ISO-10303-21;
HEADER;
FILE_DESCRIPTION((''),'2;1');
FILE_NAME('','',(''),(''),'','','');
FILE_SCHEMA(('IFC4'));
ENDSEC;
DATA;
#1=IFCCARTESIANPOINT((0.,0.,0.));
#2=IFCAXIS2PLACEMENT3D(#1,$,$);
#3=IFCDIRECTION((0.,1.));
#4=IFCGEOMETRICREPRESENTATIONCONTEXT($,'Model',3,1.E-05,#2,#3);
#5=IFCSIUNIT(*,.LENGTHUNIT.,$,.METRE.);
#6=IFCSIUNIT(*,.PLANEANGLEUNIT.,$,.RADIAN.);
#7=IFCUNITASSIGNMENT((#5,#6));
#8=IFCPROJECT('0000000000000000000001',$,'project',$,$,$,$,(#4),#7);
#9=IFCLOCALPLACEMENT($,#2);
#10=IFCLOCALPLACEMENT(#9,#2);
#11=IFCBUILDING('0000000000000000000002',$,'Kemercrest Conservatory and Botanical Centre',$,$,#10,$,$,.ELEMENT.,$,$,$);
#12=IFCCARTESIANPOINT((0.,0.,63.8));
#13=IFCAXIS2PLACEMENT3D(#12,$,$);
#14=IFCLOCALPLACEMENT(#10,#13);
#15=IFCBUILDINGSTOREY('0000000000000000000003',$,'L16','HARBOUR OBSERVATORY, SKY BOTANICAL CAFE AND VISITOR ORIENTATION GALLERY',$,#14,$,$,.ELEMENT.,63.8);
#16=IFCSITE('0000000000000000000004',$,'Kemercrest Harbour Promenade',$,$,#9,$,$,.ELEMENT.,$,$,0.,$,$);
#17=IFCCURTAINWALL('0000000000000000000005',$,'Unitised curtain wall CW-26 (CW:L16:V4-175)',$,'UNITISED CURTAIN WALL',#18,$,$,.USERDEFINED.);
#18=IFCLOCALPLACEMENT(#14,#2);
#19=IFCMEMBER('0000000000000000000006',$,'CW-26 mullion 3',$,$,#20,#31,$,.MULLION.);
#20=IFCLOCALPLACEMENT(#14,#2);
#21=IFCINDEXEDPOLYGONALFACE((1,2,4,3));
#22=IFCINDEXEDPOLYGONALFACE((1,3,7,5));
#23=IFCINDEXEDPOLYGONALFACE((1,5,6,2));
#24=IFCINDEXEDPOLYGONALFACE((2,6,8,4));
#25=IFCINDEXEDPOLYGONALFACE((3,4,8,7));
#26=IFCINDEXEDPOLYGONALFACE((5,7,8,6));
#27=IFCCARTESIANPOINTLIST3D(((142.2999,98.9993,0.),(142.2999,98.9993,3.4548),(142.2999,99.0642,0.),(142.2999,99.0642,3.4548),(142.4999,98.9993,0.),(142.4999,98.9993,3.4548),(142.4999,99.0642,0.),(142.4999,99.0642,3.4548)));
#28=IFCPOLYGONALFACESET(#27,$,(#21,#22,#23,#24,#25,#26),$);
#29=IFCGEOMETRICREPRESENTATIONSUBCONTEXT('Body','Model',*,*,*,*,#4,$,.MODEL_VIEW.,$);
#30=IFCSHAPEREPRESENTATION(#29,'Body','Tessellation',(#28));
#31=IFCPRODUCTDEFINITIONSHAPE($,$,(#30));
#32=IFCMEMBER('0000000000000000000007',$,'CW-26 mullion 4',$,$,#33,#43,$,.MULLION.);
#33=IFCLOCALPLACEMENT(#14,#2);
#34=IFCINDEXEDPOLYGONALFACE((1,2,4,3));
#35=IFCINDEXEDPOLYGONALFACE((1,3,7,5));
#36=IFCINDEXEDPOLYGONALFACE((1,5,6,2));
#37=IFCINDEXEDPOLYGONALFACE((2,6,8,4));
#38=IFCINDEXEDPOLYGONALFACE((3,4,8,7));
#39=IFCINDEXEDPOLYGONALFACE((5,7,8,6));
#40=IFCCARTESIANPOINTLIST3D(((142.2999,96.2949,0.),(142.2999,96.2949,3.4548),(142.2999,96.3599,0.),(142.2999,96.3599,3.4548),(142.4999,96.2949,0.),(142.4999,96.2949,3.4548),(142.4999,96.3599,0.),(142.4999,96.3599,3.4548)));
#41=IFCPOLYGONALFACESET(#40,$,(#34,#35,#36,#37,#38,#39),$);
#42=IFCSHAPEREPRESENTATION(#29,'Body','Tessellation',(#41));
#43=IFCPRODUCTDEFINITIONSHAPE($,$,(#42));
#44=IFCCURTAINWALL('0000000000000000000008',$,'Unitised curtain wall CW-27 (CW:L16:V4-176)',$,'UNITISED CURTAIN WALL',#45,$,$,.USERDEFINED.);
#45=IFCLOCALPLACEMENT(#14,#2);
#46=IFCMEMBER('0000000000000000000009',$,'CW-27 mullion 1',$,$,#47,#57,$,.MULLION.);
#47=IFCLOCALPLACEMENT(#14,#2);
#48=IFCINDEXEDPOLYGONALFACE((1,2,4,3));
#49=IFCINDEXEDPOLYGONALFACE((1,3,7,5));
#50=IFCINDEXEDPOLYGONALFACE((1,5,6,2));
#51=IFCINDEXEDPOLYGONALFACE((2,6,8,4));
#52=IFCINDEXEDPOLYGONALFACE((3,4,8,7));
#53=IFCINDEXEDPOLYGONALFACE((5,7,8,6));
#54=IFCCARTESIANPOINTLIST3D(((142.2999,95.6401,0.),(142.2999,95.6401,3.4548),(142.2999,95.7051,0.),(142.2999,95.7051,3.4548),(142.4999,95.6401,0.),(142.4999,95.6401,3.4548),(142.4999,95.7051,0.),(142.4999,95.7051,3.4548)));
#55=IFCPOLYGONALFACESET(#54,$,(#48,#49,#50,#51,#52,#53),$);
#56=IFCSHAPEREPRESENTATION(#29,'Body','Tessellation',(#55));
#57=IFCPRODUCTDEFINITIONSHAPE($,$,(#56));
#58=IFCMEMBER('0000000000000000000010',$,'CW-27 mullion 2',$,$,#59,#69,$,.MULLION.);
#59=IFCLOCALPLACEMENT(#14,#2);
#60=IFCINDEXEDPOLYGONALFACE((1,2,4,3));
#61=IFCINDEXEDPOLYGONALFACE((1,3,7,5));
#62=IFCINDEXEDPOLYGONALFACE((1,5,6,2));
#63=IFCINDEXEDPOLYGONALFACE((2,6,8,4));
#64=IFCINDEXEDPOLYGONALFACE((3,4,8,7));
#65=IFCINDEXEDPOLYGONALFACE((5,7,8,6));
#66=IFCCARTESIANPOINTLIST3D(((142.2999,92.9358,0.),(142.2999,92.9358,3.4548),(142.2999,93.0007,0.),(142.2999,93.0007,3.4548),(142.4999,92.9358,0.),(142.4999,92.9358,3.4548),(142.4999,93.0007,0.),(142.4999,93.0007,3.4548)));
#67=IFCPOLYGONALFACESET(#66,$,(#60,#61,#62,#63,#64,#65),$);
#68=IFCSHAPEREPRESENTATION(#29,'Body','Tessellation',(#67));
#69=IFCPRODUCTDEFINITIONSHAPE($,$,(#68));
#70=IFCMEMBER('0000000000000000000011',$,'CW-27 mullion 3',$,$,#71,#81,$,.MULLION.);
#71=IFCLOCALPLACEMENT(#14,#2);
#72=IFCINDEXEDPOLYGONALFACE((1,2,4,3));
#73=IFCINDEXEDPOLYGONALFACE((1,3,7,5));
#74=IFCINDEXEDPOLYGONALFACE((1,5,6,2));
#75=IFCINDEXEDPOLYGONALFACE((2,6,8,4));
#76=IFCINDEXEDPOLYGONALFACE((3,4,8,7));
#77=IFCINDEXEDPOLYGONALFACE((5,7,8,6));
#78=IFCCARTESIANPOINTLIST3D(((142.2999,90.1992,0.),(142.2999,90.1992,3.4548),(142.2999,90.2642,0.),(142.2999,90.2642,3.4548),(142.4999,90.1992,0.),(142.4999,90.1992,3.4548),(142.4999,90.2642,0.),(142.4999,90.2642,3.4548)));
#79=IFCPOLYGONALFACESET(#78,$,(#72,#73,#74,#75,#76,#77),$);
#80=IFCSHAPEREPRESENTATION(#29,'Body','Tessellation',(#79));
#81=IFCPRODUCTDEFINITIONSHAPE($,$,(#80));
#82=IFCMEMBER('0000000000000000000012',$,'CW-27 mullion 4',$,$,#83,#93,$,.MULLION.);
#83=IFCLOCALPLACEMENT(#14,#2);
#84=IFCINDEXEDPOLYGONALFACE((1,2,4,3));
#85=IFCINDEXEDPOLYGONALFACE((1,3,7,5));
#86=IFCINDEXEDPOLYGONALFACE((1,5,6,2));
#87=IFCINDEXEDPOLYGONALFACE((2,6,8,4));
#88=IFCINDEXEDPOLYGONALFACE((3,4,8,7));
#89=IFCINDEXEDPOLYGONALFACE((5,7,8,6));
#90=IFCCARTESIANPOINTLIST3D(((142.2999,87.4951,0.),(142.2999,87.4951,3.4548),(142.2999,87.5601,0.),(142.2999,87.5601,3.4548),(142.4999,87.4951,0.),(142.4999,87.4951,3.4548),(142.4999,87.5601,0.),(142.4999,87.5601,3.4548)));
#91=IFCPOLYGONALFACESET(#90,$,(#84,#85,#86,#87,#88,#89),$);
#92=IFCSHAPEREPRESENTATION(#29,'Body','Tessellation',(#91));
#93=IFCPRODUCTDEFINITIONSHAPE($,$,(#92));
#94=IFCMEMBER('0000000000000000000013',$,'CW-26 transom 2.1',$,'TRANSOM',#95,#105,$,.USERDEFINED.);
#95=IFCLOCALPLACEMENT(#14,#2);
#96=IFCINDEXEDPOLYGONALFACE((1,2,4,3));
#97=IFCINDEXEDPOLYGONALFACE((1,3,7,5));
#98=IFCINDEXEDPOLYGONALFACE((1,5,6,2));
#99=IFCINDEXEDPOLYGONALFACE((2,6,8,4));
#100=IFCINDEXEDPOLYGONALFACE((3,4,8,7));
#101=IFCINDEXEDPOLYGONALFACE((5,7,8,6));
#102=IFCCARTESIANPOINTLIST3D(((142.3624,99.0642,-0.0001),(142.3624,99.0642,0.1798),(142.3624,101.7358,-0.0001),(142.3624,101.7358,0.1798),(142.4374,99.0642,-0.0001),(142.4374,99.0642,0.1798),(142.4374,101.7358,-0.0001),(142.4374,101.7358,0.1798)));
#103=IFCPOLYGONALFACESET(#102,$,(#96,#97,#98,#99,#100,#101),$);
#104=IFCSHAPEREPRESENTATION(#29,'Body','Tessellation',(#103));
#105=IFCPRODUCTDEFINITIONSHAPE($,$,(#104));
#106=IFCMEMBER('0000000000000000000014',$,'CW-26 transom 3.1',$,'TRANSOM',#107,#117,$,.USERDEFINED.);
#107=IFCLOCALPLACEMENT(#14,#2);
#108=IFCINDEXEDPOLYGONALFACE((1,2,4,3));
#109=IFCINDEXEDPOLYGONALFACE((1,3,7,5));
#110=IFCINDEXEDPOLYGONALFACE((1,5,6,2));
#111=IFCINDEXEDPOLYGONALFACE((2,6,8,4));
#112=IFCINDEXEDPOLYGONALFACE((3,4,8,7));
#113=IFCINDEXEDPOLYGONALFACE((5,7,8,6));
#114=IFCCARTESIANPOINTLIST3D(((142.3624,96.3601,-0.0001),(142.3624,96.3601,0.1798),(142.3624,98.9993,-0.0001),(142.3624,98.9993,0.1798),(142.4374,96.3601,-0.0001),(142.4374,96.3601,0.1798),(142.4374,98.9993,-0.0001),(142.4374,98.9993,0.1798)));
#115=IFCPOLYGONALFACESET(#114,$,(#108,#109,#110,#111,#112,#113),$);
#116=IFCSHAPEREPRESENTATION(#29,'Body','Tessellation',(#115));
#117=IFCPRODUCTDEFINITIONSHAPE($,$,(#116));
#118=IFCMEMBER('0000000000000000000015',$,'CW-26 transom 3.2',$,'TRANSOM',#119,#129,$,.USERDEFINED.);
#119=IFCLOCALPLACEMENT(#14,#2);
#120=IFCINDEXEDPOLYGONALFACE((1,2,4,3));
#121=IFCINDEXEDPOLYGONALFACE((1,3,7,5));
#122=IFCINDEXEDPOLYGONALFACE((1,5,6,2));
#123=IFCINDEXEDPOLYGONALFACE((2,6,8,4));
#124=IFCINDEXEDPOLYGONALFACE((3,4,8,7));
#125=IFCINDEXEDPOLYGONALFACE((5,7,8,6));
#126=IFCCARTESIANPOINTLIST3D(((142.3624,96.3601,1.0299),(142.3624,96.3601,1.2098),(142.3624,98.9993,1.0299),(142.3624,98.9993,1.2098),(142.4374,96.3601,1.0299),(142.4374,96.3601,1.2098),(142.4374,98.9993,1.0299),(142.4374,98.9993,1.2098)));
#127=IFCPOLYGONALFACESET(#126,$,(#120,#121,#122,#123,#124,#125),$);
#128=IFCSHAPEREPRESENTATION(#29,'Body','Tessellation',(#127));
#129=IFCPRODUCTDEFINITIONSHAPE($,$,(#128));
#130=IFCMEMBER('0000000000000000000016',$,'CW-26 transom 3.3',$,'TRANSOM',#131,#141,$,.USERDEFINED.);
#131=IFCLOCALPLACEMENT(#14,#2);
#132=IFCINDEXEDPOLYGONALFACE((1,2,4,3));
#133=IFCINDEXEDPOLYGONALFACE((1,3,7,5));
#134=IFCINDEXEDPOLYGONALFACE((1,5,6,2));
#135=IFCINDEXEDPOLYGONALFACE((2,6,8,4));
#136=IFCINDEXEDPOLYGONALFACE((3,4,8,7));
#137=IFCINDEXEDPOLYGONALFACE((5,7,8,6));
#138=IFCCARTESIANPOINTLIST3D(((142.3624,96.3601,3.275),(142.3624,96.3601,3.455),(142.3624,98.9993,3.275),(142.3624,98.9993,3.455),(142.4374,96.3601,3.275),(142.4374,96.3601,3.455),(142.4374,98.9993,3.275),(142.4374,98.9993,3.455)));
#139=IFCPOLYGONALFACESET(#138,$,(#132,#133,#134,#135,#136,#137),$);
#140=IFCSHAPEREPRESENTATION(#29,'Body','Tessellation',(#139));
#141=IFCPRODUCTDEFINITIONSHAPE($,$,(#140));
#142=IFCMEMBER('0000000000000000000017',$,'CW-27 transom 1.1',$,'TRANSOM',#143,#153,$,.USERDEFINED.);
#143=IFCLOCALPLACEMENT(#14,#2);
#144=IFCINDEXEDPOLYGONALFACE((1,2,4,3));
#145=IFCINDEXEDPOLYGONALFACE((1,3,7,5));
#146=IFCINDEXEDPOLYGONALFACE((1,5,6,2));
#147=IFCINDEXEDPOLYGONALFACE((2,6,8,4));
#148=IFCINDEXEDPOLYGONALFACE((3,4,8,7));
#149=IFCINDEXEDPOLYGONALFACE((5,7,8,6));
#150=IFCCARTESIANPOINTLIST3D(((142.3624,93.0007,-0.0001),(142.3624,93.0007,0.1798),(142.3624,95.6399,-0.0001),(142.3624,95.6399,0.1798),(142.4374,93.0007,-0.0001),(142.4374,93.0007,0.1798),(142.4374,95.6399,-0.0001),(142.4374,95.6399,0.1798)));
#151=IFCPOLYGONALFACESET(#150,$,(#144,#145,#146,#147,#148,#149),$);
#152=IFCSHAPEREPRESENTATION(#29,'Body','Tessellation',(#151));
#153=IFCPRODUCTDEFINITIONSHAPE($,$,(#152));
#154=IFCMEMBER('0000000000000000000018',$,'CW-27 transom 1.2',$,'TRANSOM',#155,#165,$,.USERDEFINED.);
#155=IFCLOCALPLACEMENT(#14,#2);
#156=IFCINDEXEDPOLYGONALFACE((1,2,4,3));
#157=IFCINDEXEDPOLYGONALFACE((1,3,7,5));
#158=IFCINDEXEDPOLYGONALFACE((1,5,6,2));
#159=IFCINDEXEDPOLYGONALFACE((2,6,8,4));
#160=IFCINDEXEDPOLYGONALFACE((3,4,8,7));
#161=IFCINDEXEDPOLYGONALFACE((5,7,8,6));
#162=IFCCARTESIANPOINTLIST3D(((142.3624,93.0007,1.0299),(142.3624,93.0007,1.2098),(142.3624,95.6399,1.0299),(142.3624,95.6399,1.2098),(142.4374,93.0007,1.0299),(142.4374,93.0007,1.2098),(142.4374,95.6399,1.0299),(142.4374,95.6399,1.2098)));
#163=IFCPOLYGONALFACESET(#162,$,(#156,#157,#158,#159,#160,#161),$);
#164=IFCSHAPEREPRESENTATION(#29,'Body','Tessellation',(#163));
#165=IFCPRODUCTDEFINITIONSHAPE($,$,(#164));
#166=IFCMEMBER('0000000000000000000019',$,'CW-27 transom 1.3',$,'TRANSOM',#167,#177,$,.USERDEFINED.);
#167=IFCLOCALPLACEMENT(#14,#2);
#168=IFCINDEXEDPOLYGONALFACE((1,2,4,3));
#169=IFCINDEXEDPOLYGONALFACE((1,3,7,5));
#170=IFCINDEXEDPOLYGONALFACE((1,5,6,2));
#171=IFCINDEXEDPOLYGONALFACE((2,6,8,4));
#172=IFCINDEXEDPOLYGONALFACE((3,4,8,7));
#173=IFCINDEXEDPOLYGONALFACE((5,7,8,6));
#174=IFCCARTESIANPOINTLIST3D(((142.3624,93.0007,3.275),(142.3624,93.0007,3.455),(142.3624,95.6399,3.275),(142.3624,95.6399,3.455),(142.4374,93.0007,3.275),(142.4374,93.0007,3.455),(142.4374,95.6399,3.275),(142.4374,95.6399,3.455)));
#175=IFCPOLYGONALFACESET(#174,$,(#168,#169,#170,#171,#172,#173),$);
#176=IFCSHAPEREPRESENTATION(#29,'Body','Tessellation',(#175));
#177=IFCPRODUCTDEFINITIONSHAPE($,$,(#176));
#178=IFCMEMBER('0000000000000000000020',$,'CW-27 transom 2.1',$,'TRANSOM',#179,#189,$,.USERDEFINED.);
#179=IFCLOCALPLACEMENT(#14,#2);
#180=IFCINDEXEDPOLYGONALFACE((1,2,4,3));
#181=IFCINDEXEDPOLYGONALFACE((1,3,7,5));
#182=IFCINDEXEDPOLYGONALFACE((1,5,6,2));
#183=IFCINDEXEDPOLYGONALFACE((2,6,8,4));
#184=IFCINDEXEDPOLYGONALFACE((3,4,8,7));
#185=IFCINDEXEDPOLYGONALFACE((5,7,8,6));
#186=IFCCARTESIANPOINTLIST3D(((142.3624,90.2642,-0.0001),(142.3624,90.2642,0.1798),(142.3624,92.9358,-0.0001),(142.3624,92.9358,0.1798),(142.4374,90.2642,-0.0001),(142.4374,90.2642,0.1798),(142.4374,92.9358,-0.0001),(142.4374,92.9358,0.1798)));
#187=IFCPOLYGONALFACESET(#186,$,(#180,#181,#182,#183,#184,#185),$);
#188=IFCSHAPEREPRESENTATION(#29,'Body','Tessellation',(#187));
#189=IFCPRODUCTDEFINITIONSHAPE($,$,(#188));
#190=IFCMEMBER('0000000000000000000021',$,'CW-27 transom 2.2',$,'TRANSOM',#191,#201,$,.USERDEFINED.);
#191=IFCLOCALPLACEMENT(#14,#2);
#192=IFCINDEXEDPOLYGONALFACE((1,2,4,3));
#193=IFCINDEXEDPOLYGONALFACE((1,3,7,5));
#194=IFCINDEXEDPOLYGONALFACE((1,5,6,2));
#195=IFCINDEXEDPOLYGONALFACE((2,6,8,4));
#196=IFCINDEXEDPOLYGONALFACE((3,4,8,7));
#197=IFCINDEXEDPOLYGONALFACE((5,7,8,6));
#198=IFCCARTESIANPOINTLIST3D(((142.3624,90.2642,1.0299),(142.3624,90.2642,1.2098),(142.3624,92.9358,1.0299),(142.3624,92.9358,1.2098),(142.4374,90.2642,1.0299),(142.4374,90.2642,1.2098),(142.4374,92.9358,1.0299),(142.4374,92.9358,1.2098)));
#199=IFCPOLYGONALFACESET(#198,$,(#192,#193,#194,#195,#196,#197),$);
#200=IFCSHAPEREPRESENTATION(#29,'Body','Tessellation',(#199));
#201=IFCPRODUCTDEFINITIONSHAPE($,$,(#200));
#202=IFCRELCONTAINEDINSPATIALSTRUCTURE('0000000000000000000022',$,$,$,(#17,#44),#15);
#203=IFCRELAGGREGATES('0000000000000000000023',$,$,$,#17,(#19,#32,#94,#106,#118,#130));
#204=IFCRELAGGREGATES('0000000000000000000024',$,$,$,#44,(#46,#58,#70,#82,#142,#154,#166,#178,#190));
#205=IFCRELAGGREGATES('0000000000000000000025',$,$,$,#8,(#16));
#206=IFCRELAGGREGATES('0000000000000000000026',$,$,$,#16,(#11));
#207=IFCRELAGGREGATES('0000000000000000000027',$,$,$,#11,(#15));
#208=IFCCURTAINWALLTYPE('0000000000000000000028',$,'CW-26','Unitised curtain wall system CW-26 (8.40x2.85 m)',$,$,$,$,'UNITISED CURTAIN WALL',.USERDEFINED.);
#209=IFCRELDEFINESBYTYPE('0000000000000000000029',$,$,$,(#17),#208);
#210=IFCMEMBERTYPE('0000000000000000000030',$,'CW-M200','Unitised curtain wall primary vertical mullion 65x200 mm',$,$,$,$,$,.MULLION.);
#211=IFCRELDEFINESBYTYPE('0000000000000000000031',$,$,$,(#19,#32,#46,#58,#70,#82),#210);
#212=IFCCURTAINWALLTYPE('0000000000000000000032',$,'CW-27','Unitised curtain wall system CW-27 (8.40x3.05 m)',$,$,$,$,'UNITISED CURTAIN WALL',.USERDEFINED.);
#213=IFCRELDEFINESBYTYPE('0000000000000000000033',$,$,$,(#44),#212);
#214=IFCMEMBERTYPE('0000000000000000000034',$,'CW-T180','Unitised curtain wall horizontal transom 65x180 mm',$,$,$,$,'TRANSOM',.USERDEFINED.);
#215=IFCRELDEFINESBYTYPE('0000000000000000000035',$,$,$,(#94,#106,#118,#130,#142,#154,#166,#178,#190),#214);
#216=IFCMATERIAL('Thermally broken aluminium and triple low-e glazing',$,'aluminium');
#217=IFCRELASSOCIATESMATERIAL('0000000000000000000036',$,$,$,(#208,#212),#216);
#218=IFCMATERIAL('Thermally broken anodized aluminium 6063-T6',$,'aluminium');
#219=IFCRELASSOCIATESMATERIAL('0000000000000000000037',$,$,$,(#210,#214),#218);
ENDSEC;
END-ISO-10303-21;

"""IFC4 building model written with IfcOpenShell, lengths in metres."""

from ifc_helpers import new_model, si_unit, direction, frame, origin, origin_2d, place, context, subcontext, project, spatial, rectangle, extrude, material, material_profile, profile_set, type_object, element, aggregate, save


model = new_model("IFC4")

# Units and contexts
model_context = context("Model", 3, precision=1e-05, world=origin(), true_north=direction((0.0, 1.0)))
body_context = subcontext(model_context, "Body", "Model", "MODEL_VIEW")
ifc_project = project(units=[si_unit("LENGTHUNIT", "METRE"), si_unit("PLANEANGLEUNIT", "RADIAN")], contexts=[model_context])

# Site, building, storey
site_placement = place(None, origin())
site = spatial("IfcSite", under=ifc_project, at=site_placement, Name="Kemercrest Harbour Promenade", CompositionType="ELEMENT", RefElevation=0.0)
building_placement = place(site_placement, origin())
building = spatial("IfcBuilding", under=site, at=building_placement, Name="Kemercrest Conservatory and Botanical Centre", CompositionType="ELEMENT")
storey_placement = place(building_placement, frame((0.0, 0.0, 63.8)))
storey = spatial("IfcBuildingStorey", under=building, at=storey_placement, Name="L16", Description="HARBOUR OBSERVATORY, SKY BOTANICAL CAFE AND VISITOR ORIENTATION GALLERY", CompositionType="ELEMENT", Elevation=63.8)

# Curtain walls, members
ifc_material_1 = material(Name="Thermally broken aluminium and triple low-e glazing", Category="aluminium")
curtain_wall_type_1 = type_object("IfcCurtainWallType", Name="CW-26", Description="Unitised curtain wall system CW-26 (8.40x2.85 m)", ElementType="UNITISED CURTAIN WALL", PredefinedType="USERDEFINED", material=ifc_material_1)
curtain_wall_1_placement = place(storey_placement, origin())
curtain_wall_1 = element("IfcCurtainWall", 1, at=curtain_wall_1_placement, inside=storey, type_object=curtain_wall_type_1, Name="Unitised curtain wall CW-26 (CW:L16:V4-175)", ObjectType="UNITISED CURTAIN WALL", PredefinedType="USERDEFINED")
ifc_material_2 = material(Name="Thermally broken anodized aluminium 6063-T6", Category="aluminium")
ifc_material_profile_1 = material_profile(ifc_material_2, rectangle(XDim=0.2, YDim=0.0649, at=origin_2d()), Name="AL MULLION 65x200")
ifc_profile_set_1 = profile_set([ifc_material_profile_1], Name="Thermally broken anodized aluminium 6063-T6")
member_type_1 = type_object("IfcMemberType", Name="CW-M200", Description="Unitised curtain wall primary vertical mullion 65x200 mm", PredefinedType="MULLION", material=ifc_profile_set_1)
member_1_placement = place(storey_placement, frame((142.3999, 99.0317, 0.0), z_axis=(0.0, 0.0, 1.0), x_axis=(1.0, 0.0, 0.0)))
member_1 = element("IfcMember", 2, at=member_1_placement, type_object=member_type_1, Name="CW-26 mullion 3", PredefinedType="MULLION", context=body_context, shape_type="SweptSolid", body=[
    extrude(rectangle(XDim=0.2, YDim=0.0649, at=origin_2d()), origin(), (0.0, 0.0, 1.0), 3.4548),
])
member_2_placement = place(storey_placement, frame((142.3999, 96.3274, 0.0), z_axis=(0.0, 0.0, 1.0), x_axis=(1.0, 0.0, 0.0)))
member_2 = element("IfcMember", 3, at=member_2_placement, type_object=member_type_1, Name="CW-26 mullion 4", PredefinedType="MULLION", context=body_context, shape_type="SweptSolid", body=[
    extrude(rectangle(XDim=0.2, YDim=0.0649, at=origin_2d()), origin(), (0.0, 0.0, 1.0), 3.4548),
])
curtain_wall_type_2 = type_object("IfcCurtainWallType", Name="CW-27", Description="Unitised curtain wall system CW-27 (8.40x3.05 m)", ElementType="UNITISED CURTAIN WALL", PredefinedType="USERDEFINED", material=ifc_material_1)
curtain_wall_2_placement = place(storey_placement, origin())
curtain_wall_2 = element("IfcCurtainWall", 4, at=curtain_wall_2_placement, inside=storey, type_object=curtain_wall_type_2, Name="Unitised curtain wall CW-27 (CW:L16:V4-176)", ObjectType="UNITISED CURTAIN WALL", PredefinedType="USERDEFINED")
member_3_placement = place(storey_placement, frame((142.3999, 95.6726, 0.0), z_axis=(0.0, 0.0, 1.0), x_axis=(1.0, 0.0, 0.0)))
member_3 = element("IfcMember", 5, at=member_3_placement, type_object=member_type_1, Name="CW-27 mullion 1", PredefinedType="MULLION", context=body_context, shape_type="SweptSolid", body=[
    extrude(rectangle(XDim=0.2, YDim=0.0649, at=origin_2d()), origin(), (0.0, 0.0, 1.0), 3.4548),
])
member_4_placement = place(storey_placement, frame((142.3999, 92.9683, 0.0), z_axis=(0.0, 0.0, 1.0), x_axis=(1.0, 0.0, 0.0)))
member_4 = element("IfcMember", 6, at=member_4_placement, type_object=member_type_1, Name="CW-27 mullion 2", PredefinedType="MULLION", context=body_context, shape_type="SweptSolid", body=[
    extrude(rectangle(XDim=0.2, YDim=0.0649, at=origin_2d()), origin(), (0.0, 0.0, 1.0), 3.4548),
])
member_5_placement = place(storey_placement, frame((142.3999, 90.2317, 0.0), z_axis=(0.0, 0.0, 1.0), x_axis=(1.0, 0.0, 0.0)))
member_5 = element("IfcMember", 7, at=member_5_placement, type_object=member_type_1, Name="CW-27 mullion 3", PredefinedType="MULLION", context=body_context, shape_type="SweptSolid", body=[
    extrude(rectangle(XDim=0.2, YDim=0.0649, at=origin_2d()), origin(), (0.0, 0.0, 1.0), 3.4548),
])
member_6_placement = place(storey_placement, frame((142.3999, 87.5276, 0.0), z_axis=(0.0, 0.0, 1.0), x_axis=(1.0, 0.0, 0.0)))
member_6 = element("IfcMember", 8, at=member_6_placement, type_object=member_type_1, Name="CW-27 mullion 4", PredefinedType="MULLION", context=body_context, shape_type="SweptSolid", body=[
    extrude(rectangle(XDim=0.2, YDim=0.0649, at=origin_2d()), origin(), (0.0, 0.0, 1.0), 3.4548),
])

# Members
ifc_material_profile_2 = material_profile(ifc_material_2, rectangle(XDim=0.075, YDim=0.1799, at=origin_2d()), Name="AL TRANSOM 75x180")
ifc_profile_set_2 = profile_set([ifc_material_profile_2], Name="Thermally broken anodized aluminium 6063-T6")
member_type_2 = type_object("IfcMemberType", Name="CW-T180", Description="Unitised curtain wall horizontal transom 65x180 mm", ElementType="TRANSOM", PredefinedType="USERDEFINED", material=ifc_profile_set_2)
member_7_placement = place(storey_placement, frame((142.3999, 101.7358, 0.0898), z_axis=(0.0, -1.0, 0.0), x_axis=(1.0, 0.0, 0.0)))
member_7 = element("IfcMember", 9, at=member_7_placement, type_object=member_type_2, Name="CW-26 transom 2.1", ObjectType="TRANSOM", PredefinedType="USERDEFINED", context=body_context, shape_type="SweptSolid", body=[
    extrude(rectangle(XDim=0.075, YDim=0.1799, at=origin_2d()), origin(), (0.0, 0.0, 1.0), 2.6716),
])
member_8_placement = place(storey_placement, frame((142.3999, 98.9993, 0.0898), z_axis=(0.0, -1.0, 0.0), x_axis=(1.0, 0.0, 0.0)))
member_8 = element("IfcMember", 10, at=member_8_placement, type_object=member_type_2, Name="CW-26 transom 3.1", ObjectType="TRANSOM", PredefinedType="USERDEFINED", context=body_context, shape_type="SweptSolid", body=[
    extrude(rectangle(XDim=0.075, YDim=0.1799, at=origin_2d()), origin(), (0.0, 0.0, 1.0), 2.6392),
])
member_9_placement = place(storey_placement, frame((142.3999, 98.9993, 1.1199), z_axis=(0.0, -1.0, 0.0), x_axis=(1.0, 0.0, 0.0)))
member_9 = element("IfcMember", 11, at=member_9_placement, type_object=member_type_2, Name="CW-26 transom 3.2", ObjectType="TRANSOM", PredefinedType="USERDEFINED", context=body_context, shape_type="SweptSolid", body=[
    extrude(rectangle(XDim=0.075, YDim=0.1799, at=origin_2d()), origin(), (0.0, 0.0, 1.0), 2.6392),
])
member_10_placement = place(storey_placement, frame((142.3999, 98.9993, 3.365), z_axis=(0.0, -1.0, 0.0), x_axis=(1.0, 0.0, 0.0)))
member_10 = element("IfcMember", 12, at=member_10_placement, type_object=member_type_2, Name="CW-26 transom 3.3", ObjectType="TRANSOM", PredefinedType="USERDEFINED", context=body_context, shape_type="SweptSolid", body=[
    extrude(rectangle(XDim=0.075, YDim=0.1799, at=origin_2d()), origin(), (0.0, 0.0, 1.0), 2.6392),
])
member_11_placement = place(storey_placement, frame((142.3999, 95.6399, 0.0898), z_axis=(0.0, -1.0, 0.0), x_axis=(1.0, 0.0, 0.0)))
member_11 = element("IfcMember", 13, at=member_11_placement, type_object=member_type_2, Name="CW-27 transom 1.1", ObjectType="TRANSOM", PredefinedType="USERDEFINED", context=body_context, shape_type="SweptSolid", body=[
    extrude(rectangle(XDim=0.075, YDim=0.1799, at=origin_2d()), origin(), (0.0, 0.0, 1.0), 2.6392),
])
member_12_placement = place(storey_placement, frame((142.3999, 95.6399, 1.1199), z_axis=(0.0, -1.0, 0.0), x_axis=(1.0, 0.0, 0.0)))
member_12 = element("IfcMember", 14, at=member_12_placement, type_object=member_type_2, Name="CW-27 transom 1.2", ObjectType="TRANSOM", PredefinedType="USERDEFINED", context=body_context, shape_type="SweptSolid", body=[
    extrude(rectangle(XDim=0.075, YDim=0.1799, at=origin_2d()), origin(), (0.0, 0.0, 1.0), 2.6392),
])
member_13_placement = place(storey_placement, frame((142.3999, 95.6399, 3.365), z_axis=(0.0, -1.0, 0.0), x_axis=(1.0, 0.0, 0.0)))
member_13 = element("IfcMember", 15, at=member_13_placement, type_object=member_type_2, Name="CW-27 transom 1.3", ObjectType="TRANSOM", PredefinedType="USERDEFINED", context=body_context, shape_type="SweptSolid", body=[
    extrude(rectangle(XDim=0.075, YDim=0.1799, at=origin_2d()), origin(), (0.0, 0.0, 1.0), 2.6392),
])
member_14_placement = place(storey_placement, frame((142.3999, 92.9358, 0.0898), z_axis=(0.0, -1.0, 0.0), x_axis=(1.0, 0.0, 0.0)))
member_14 = element("IfcMember", 16, at=member_14_placement, type_object=member_type_2, Name="CW-27 transom 2.1", ObjectType="TRANSOM", PredefinedType="USERDEFINED", context=body_context, shape_type="SweptSolid", body=[
    extrude(rectangle(XDim=0.075, YDim=0.1799, at=origin_2d()), origin(), (0.0, 0.0, 1.0), 2.6716),
])
member_15_placement = place(storey_placement, frame((142.3999, 92.9358, 1.1199), z_axis=(0.0, -1.0, 0.0), x_axis=(1.0, 0.0, 0.0)))
member_15 = element("IfcMember", 17, at=member_15_placement, type_object=member_type_2, Name="CW-27 transom 2.2", ObjectType="TRANSOM", PredefinedType="USERDEFINED", context=body_context, shape_type="SweptSolid", body=[
    extrude(rectangle(XDim=0.075, YDim=0.1799, at=origin_2d()), origin(), (0.0, 0.0, 1.0), 2.6716),
])

aggregate(curtain_wall_1, [member_1, member_2, member_7, member_8, member_9, member_10])
aggregate(curtain_wall_2, [member_3, member_4, member_5, member_6, member_11, member_12, member_13, member_14, member_15])

save(model, "model.ifc")
